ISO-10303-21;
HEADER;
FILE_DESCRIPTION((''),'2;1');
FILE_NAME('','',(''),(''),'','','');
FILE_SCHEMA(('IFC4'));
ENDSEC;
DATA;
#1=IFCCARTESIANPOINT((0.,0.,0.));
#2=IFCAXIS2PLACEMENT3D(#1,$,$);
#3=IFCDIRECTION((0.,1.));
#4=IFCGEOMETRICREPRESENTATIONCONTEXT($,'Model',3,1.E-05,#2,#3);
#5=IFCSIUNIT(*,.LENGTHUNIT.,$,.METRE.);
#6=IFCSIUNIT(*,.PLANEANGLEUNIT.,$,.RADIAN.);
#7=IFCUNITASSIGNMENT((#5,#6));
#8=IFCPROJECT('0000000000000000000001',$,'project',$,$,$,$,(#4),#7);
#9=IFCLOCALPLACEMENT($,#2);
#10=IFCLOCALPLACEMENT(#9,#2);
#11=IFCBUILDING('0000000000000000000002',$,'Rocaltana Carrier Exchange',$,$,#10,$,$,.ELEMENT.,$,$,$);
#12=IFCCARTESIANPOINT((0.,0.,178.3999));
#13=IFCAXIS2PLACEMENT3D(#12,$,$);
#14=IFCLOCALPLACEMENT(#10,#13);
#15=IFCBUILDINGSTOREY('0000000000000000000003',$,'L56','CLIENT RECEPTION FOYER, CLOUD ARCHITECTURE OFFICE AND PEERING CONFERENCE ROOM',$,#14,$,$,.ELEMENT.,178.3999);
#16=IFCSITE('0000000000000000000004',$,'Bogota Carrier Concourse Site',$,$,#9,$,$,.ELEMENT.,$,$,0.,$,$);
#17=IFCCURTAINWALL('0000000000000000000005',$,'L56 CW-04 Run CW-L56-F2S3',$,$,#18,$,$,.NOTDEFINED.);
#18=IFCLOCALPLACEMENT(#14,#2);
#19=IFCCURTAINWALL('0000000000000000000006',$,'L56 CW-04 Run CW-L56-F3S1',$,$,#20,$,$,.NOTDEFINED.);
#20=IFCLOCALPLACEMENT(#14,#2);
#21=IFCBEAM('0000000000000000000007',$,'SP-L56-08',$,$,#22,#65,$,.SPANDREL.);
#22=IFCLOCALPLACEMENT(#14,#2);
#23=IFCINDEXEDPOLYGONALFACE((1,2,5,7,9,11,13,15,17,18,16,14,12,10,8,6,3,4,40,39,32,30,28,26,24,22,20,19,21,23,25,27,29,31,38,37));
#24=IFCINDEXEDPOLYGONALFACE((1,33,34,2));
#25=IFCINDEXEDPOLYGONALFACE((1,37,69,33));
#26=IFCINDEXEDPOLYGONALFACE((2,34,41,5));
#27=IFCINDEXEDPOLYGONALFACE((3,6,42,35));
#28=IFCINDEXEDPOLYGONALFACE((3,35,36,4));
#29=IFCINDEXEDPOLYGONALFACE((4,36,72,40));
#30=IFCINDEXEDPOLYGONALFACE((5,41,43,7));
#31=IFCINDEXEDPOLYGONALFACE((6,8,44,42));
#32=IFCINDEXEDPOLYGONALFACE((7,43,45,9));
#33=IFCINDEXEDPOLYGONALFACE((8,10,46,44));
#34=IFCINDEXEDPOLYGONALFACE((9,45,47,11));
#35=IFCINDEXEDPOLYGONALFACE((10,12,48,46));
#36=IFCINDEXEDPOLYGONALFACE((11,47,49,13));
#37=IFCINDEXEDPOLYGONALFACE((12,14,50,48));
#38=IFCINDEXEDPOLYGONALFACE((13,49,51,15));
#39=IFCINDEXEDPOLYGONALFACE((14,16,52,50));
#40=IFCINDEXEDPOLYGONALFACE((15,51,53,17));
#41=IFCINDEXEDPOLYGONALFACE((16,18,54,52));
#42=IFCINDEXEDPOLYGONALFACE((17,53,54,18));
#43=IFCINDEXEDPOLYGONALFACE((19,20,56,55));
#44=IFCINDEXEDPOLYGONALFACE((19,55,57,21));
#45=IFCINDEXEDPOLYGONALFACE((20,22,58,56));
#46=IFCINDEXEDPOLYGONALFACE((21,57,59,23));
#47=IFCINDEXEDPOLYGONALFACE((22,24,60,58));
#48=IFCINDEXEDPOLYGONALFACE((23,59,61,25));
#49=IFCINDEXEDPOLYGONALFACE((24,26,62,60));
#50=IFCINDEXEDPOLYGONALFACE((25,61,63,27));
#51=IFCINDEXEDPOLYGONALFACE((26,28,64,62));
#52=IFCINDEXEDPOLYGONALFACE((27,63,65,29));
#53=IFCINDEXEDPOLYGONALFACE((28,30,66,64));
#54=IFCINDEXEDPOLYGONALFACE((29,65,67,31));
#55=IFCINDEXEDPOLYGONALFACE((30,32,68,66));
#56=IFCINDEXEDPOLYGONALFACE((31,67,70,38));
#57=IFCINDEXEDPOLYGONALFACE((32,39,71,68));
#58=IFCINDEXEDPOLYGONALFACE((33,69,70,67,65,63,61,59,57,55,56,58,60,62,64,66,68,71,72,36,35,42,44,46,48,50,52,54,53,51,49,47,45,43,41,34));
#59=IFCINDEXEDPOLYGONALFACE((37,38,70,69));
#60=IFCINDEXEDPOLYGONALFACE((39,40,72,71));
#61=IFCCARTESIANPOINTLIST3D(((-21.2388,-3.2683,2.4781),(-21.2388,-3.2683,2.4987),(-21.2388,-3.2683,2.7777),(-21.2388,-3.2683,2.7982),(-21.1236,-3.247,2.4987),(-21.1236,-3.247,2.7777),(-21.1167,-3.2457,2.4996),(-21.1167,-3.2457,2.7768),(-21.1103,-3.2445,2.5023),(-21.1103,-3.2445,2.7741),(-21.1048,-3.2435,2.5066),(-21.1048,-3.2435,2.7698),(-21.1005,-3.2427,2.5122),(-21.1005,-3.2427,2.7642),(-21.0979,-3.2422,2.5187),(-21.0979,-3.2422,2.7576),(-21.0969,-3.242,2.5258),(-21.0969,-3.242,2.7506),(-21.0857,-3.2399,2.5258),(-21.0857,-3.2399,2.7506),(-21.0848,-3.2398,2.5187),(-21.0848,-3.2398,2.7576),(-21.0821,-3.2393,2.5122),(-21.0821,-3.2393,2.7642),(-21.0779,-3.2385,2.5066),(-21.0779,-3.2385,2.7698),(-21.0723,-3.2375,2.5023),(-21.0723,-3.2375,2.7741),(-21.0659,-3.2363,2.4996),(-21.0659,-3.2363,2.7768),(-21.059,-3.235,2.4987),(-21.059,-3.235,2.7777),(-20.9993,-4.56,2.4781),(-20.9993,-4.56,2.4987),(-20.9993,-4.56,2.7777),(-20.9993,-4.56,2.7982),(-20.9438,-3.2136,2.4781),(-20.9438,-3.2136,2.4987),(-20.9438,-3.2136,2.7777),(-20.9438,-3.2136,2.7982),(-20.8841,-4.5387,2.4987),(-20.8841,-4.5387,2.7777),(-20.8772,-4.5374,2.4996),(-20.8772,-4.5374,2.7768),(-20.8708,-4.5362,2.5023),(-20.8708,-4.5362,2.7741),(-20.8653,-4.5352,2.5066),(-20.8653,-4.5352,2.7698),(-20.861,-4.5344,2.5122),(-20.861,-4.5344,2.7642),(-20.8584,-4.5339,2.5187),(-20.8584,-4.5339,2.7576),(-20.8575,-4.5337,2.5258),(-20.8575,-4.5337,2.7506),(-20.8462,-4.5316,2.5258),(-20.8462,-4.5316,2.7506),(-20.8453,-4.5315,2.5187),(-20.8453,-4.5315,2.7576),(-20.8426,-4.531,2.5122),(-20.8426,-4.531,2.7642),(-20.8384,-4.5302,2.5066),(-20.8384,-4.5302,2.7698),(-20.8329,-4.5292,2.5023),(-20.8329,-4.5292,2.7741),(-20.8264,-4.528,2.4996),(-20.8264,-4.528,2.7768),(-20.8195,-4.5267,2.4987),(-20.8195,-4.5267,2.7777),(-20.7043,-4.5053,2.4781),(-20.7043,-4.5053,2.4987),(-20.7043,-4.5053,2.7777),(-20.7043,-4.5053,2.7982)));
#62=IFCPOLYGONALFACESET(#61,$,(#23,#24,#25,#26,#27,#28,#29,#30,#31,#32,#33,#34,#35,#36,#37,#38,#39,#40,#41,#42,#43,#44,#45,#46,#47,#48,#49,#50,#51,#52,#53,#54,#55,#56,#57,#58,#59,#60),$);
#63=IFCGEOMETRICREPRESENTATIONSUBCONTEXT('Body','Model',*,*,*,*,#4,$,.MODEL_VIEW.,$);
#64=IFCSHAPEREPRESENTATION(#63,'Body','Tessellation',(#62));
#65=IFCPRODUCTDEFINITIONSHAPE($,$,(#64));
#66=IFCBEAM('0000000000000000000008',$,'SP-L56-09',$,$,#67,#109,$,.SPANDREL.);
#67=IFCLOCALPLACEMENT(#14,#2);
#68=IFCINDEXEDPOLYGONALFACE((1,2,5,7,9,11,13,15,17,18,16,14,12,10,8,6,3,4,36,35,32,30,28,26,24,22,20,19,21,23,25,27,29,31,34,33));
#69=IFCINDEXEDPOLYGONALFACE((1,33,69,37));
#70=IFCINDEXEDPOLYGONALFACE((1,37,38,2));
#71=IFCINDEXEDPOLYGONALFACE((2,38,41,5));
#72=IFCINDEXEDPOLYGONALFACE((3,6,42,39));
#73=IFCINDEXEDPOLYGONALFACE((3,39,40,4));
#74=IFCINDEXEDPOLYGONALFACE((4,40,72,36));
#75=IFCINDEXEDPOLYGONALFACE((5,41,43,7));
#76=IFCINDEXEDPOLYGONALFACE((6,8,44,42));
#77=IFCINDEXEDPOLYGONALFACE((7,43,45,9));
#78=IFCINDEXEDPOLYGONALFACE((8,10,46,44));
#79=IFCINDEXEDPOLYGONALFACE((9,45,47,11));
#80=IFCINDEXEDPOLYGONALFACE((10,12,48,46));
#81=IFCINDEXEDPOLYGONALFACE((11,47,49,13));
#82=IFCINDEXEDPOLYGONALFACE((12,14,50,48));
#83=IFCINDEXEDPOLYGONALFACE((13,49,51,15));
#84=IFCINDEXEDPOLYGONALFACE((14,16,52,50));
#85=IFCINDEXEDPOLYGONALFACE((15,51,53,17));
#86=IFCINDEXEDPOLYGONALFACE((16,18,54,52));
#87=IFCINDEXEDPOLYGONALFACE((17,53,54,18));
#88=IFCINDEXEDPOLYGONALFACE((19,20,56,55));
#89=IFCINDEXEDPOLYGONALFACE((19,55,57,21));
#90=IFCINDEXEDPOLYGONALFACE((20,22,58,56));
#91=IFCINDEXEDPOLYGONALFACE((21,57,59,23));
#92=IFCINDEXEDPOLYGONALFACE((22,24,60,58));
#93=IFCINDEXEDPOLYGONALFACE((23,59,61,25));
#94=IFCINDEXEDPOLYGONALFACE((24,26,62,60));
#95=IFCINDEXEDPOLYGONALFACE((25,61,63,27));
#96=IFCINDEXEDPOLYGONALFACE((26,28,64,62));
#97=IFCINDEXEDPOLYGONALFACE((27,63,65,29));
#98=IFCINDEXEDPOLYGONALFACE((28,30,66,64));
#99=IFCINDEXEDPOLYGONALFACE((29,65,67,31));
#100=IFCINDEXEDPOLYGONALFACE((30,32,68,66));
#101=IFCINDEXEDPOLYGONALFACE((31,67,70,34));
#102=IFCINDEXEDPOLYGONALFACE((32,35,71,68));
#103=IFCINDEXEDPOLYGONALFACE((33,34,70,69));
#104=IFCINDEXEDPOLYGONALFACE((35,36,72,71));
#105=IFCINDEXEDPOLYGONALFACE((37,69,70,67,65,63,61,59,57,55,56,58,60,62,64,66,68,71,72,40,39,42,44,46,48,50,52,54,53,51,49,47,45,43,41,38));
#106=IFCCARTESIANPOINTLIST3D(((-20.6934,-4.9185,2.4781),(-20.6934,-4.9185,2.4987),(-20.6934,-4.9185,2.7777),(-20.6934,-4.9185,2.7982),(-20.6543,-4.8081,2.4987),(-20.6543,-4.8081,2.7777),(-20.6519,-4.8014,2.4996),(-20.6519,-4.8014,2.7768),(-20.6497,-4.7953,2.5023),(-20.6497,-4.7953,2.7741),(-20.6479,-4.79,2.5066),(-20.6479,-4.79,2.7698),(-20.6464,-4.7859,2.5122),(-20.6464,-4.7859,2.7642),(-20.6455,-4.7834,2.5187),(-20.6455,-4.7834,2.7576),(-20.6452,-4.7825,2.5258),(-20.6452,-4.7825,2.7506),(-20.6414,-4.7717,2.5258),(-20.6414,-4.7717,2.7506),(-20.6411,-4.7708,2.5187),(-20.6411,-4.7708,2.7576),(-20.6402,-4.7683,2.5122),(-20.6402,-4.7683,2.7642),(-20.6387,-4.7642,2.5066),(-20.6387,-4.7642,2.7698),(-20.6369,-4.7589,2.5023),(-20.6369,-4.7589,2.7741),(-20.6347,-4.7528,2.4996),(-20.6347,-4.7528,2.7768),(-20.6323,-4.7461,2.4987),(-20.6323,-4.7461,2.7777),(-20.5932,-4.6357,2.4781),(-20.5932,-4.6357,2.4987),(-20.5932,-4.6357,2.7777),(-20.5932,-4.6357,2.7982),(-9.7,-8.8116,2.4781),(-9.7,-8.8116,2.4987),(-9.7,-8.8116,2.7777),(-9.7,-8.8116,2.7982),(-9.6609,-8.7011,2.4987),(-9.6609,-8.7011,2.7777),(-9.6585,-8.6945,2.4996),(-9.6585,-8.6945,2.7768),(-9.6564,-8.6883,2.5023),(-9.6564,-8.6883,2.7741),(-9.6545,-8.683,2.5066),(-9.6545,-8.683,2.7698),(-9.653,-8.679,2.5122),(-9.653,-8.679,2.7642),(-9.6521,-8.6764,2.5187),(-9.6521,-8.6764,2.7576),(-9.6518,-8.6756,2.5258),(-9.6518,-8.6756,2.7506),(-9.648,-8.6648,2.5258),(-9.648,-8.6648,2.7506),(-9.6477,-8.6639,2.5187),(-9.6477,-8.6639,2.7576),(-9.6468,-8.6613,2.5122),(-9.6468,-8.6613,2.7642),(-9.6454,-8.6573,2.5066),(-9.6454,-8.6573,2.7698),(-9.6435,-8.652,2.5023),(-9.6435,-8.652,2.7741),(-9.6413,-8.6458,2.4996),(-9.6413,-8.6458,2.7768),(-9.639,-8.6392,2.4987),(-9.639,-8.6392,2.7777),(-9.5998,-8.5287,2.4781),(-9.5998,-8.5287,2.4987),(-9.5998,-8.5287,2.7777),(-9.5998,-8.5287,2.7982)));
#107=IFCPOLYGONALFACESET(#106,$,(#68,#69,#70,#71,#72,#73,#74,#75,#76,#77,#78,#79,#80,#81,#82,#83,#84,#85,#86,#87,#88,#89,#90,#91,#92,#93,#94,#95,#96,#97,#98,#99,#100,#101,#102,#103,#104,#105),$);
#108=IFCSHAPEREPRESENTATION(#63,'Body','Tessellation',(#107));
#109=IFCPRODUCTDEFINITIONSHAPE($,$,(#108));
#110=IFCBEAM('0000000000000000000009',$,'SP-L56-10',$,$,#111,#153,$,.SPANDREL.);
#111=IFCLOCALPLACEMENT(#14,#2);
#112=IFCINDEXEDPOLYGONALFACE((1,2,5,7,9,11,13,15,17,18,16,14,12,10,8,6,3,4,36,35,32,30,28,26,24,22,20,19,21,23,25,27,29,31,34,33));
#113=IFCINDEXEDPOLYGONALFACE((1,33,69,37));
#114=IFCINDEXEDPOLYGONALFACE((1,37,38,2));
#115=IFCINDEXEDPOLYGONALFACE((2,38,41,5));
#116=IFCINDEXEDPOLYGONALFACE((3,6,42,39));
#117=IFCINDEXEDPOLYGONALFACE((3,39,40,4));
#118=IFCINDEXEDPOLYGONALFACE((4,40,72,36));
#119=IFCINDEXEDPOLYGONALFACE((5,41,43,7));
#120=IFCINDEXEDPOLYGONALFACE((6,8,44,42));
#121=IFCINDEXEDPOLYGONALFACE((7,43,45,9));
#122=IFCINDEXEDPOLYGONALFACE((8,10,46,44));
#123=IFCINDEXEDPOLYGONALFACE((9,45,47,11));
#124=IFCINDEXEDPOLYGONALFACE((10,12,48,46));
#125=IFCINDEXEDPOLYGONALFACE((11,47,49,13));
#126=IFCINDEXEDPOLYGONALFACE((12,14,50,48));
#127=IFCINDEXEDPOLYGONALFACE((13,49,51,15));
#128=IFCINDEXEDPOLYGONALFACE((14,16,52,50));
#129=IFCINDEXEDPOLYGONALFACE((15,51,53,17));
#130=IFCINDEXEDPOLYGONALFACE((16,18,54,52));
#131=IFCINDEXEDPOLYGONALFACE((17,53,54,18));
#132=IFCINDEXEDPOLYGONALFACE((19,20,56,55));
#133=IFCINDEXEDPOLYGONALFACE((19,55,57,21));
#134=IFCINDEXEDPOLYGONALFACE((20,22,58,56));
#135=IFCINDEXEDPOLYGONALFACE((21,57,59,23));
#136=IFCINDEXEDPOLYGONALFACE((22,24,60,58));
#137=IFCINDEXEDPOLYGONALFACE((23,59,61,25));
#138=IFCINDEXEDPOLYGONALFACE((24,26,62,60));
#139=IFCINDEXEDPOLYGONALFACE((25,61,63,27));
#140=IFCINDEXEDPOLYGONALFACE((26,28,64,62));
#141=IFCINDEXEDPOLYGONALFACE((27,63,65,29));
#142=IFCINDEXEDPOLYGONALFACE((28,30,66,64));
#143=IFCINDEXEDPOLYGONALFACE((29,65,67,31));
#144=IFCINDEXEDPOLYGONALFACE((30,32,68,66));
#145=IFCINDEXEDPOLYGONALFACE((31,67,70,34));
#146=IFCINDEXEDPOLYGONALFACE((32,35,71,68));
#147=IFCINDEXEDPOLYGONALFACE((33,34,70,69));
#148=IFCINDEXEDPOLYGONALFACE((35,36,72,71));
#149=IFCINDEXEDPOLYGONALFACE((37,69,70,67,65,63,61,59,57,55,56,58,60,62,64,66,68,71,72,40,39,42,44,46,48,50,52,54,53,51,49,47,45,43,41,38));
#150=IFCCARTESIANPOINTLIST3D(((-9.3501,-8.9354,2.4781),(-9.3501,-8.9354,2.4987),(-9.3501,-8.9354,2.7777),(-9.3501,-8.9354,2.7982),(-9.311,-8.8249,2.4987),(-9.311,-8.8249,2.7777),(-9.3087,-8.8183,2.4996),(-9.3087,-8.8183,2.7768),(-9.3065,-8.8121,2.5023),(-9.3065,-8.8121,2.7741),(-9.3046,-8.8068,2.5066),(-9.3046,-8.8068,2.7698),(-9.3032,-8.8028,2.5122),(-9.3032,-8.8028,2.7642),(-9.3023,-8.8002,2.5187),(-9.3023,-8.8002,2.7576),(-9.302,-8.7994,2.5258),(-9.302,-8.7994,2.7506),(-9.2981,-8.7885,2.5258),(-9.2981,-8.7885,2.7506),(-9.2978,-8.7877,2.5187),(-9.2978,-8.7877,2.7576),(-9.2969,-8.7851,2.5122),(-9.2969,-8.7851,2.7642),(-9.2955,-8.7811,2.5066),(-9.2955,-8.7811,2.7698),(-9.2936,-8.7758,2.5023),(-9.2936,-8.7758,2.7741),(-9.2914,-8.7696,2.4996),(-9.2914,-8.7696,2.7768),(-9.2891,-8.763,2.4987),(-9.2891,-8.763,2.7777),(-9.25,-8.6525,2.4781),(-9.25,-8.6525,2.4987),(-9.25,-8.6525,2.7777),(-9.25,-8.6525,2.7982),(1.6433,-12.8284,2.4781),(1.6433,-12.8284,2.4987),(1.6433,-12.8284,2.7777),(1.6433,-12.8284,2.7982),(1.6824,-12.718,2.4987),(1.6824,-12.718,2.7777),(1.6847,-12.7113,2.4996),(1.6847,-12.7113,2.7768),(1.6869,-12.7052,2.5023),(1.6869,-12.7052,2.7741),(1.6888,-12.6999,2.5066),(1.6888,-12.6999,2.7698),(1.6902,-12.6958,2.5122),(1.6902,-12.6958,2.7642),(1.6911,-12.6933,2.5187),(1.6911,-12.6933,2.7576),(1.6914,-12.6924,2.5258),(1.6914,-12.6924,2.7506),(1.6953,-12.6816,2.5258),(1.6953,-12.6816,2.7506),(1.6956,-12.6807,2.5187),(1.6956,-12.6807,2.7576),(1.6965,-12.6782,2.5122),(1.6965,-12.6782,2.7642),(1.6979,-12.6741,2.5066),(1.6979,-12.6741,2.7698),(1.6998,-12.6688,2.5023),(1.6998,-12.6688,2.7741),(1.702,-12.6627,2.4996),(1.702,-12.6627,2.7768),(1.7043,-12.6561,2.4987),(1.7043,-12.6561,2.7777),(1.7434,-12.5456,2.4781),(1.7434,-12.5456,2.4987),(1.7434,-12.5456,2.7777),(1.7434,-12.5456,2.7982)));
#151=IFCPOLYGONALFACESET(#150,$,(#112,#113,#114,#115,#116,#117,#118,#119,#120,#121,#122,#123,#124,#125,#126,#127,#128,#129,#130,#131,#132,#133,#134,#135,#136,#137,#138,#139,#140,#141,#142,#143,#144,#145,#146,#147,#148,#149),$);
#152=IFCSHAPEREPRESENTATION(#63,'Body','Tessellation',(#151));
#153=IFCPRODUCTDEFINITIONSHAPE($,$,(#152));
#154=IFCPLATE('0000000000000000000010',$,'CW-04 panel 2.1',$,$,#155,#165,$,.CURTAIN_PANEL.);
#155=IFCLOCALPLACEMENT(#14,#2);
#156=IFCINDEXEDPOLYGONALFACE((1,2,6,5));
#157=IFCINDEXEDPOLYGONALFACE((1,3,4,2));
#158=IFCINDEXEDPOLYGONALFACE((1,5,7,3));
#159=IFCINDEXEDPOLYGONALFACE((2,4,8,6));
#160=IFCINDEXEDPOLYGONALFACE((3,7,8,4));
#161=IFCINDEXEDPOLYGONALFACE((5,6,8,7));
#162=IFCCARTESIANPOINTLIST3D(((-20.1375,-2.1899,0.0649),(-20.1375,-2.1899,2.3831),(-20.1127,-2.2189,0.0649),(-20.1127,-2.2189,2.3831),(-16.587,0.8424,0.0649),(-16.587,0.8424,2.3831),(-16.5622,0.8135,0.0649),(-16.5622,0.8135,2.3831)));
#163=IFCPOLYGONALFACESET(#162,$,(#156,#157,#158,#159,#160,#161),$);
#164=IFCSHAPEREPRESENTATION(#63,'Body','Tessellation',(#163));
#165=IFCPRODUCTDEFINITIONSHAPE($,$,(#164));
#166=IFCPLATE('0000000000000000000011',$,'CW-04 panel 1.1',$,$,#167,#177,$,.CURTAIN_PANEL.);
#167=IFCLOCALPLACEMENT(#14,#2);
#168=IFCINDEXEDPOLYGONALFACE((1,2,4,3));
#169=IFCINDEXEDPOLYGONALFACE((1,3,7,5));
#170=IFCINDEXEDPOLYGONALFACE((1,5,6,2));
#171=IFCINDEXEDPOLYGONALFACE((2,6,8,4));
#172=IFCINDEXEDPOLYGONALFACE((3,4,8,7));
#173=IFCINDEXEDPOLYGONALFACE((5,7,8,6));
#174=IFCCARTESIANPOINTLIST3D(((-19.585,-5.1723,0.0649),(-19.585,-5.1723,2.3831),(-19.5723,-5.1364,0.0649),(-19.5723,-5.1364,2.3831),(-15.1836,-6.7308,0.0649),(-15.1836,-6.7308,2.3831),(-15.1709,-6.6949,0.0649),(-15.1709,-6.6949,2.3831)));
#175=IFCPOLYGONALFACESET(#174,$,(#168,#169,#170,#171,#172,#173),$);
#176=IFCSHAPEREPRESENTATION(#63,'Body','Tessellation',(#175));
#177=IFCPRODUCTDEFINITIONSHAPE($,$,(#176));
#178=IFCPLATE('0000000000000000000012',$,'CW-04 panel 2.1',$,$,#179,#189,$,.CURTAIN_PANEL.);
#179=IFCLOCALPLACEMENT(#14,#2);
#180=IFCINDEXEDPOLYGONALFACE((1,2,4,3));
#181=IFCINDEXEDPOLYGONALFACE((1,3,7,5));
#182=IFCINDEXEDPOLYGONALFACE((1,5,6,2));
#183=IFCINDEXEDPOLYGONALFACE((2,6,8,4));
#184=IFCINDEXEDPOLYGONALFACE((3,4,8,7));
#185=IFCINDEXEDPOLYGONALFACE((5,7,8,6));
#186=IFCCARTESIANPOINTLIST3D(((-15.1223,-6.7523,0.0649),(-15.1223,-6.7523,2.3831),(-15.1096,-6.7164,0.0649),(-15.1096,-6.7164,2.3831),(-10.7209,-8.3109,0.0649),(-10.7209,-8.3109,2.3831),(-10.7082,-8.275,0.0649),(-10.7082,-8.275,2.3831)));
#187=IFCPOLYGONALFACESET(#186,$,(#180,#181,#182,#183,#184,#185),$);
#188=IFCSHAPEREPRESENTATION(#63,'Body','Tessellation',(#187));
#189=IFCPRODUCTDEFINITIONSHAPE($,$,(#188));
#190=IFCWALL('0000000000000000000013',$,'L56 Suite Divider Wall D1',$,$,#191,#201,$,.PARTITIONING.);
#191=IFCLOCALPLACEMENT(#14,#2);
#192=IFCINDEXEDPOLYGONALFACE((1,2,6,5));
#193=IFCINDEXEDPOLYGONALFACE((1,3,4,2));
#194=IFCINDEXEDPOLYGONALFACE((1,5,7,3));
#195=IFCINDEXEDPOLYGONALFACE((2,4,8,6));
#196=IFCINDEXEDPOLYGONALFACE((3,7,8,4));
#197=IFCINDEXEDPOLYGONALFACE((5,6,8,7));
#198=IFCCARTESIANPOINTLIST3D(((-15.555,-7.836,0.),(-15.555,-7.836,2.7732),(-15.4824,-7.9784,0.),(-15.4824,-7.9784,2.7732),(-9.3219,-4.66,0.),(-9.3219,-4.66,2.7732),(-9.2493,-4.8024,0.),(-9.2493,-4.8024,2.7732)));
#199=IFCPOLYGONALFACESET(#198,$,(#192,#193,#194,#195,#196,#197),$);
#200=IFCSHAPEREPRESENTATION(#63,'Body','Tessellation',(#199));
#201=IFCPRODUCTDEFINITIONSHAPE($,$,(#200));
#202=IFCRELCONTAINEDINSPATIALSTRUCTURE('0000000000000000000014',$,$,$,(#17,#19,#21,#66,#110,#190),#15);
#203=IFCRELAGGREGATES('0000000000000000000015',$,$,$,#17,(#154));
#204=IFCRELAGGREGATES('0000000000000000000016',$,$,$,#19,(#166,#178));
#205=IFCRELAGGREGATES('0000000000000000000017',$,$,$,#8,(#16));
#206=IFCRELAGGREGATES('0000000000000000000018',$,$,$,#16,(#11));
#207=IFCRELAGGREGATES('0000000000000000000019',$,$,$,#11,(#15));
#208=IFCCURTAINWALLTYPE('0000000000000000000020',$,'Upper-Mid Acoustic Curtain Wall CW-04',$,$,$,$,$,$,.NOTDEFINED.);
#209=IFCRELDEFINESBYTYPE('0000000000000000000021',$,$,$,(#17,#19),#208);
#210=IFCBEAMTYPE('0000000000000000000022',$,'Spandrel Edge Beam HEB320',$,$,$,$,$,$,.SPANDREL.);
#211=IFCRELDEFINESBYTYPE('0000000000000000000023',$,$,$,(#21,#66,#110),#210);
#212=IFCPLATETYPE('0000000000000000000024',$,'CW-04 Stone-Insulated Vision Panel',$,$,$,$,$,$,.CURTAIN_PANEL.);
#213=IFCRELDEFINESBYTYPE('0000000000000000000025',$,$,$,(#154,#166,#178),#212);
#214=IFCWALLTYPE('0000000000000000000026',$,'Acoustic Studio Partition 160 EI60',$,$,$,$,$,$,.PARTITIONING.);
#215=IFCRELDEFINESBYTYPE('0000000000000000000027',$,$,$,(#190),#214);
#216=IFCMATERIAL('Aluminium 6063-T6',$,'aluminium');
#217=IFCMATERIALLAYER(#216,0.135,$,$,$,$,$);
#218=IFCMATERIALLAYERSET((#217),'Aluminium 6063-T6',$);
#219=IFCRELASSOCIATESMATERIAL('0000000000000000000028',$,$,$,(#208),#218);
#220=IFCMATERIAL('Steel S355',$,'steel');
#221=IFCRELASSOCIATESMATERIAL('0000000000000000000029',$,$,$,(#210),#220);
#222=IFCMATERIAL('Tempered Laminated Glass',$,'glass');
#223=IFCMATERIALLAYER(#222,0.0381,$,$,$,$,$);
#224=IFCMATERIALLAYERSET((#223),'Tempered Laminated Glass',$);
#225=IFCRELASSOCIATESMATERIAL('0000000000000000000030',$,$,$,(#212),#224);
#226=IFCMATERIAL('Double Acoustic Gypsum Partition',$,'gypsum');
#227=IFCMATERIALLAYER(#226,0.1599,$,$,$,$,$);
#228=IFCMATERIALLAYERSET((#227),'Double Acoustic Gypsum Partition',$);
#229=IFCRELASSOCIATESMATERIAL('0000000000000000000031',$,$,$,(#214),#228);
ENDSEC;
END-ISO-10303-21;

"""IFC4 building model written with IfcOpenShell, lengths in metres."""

from ifc_helpers import new_model, si_unit, direction, frame, frame_2d, origin, origin_2d, place, context, subcontext, project, spatial, rectangle, i_section, extrude, material, layer, layer_set, material_profile, profile_set, type_object, element, aggregate, save


model = new_model("IFC4")

# Units and contexts
model_context = context("Model", 3, precision=1e-05, world=origin(), true_north=direction((0.0, 1.0)))
body_context = subcontext(model_context, "Body", "Model", "MODEL_VIEW")
ifc_project = project(units=[si_unit("LENGTHUNIT", "METRE"), si_unit("PLANEANGLEUNIT", "RADIAN")], contexts=[model_context])

# Site, building, storey
site_placement = place(None, origin())
site = spatial("IfcSite", under=ifc_project, at=site_placement, Name="Bogota Carrier Concourse Site", CompositionType="ELEMENT", RefElevation=0.0)
building_placement = place(site_placement, origin())
building = spatial("IfcBuilding", under=site, at=building_placement, Name="Rocaltana Carrier Exchange", CompositionType="ELEMENT")
storey_placement = place(building_placement, frame((0.0, 0.0, 178.3999)))
storey = spatial("IfcBuildingStorey", under=building, at=storey_placement, Name="L56", Description="CLIENT RECEPTION FOYER, CLOUD ARCHITECTURE OFFICE AND PEERING CONFERENCE ROOM", CompositionType="ELEMENT", Elevation=178.3999)

# Curtain wall
ifc_material_1 = material(Name="Aluminium 6063-T6", Category="aluminium")
ifc_layer_1 = layer(ifc_material_1, 0.135)
ifc_layer_set_1 = layer_set([ifc_layer_1], Name="Aluminium 6063-T6")
curtain_wall_type = type_object("IfcCurtainWallType", Name="Upper-Mid Acoustic Curtain Wall CW-04", PredefinedType="NOTDEFINED", material=ifc_layer_set_1)
curtain_wall_1_placement = place(storey_placement, origin())
curtain_wall_1 = element("IfcCurtainWall", 1, at=curtain_wall_1_placement, inside=storey, type_object=curtain_wall_type, Name="L56 CW-04 Run CW-L56-F2S3", PredefinedType="NOTDEFINED")

# Curtain wall
curtain_wall_2_placement = place(storey_placement, origin())
curtain_wall_2 = element("IfcCurtainWall", 2, at=curtain_wall_2_placement, inside=storey, type_object=curtain_wall_type, Name="L56 CW-04 Run CW-L56-F3S1", PredefinedType="NOTDEFINED")

# Beams
ifc_material_2 = material(Name="Steel S355", Category="steel")
ifc_material_profile_1 = material_profile(ifc_material_2, i_section(OverallWidth=0.3, OverallDepth=0.3201, WebThickness=0.0115, FlangeThickness=0.0205, FilletRadius=0.0271, at=origin_2d()), Name="HEB320")
ifc_profile_set_1 = profile_set([ifc_material_profile_1], Name="Steel S355")
beam_type_1 = type_object("IfcBeamType", Name="Spandrel Edge Beam HEB320", PredefinedType="SPANDREL", material=ifc_profile_set_1)
beam_1_placement = place(storey_placement, frame((-21.0913, -3.241, 2.6382), z_axis=(0.182302, -0.983243, 0.0), x_axis=(0.983243, 0.182302, 0.0)))
element("IfcBeam", 3, at=beam_1_placement, inside=storey, type_object=beam_type_1, Name="SP-L56-08", PredefinedType="SPANDREL", context=body_context, shape_type="SweptSolid", body=[
    extrude(i_section(OverallWidth=0.3, OverallDepth=0.3201, WebThickness=0.0115, FlangeThickness=0.0205, FilletRadius=0.0271, at=origin_2d()), origin(), (0.0, 0.0, 1.0), 1.3137),
])
for number, where, z_axis, x_axis, name in (
    (4, (-20.6433, -4.7771, 2.6382), (0.942639, -0.333814, 0.0), (0.333814, 0.942639, 0.0), "SP-L56-09"),
    (5, (-9.3, -8.7939, 2.6382), (0.942639, -0.333814, 0.0), (0.333814, 0.942639, 0.0), "SP-L56-10"),
):
    element("IfcBeam", number, at=place(storey_placement, frame(where, z_axis=z_axis, x_axis=x_axis)), inside=storey, type_object=beam_type_1, Name=name, PredefinedType="SPANDREL", context=body_context, shape_type="SweptSolid", body=[
        extrude(i_section(OverallWidth=0.3, OverallDepth=0.3201, WebThickness=0.0115, FlangeThickness=0.0205, FilletRadius=0.0271, at=origin_2d()), origin(), (0.0, 0.0, 1.0), 11.6624),
    ])

# Plates
ifc_material_3 = material(Name="Tempered Laminated Glass", Category="glass")
ifc_layer_2 = layer(ifc_material_3, 0.0381)
ifc_layer_set_2 = layer_set([ifc_layer_2], Name="Tempered Laminated Glass")
plate_type = type_object("IfcPlateType", Name="CW-04 Stone-Insulated Vision Panel", PredefinedType="CURTAIN_PANEL", material=ifc_layer_set_2)
plate_1_placement = place(storey_placement, frame((-18.3499, -0.6882, 0.0649), z_axis=(0.0, 0.0, 1.0), x_axis=(-0.760406, -0.649448, 0.0)))
plate_1 = element("IfcPlate", 6, at=plate_1_placement, type_object=plate_type, Name="CW-04 panel 2.1", PredefinedType="CURTAIN_PANEL", context=body_context, shape_type="SweptSolid", body=[
    extrude(rectangle(XDim=4.6692, YDim=0.0381, at=origin_2d()), origin(), (0.0, 0.0, 1.0), 2.3181),
])
aggregate(curtain_wall_1, [plate_1])
plate_2_placement = place(storey_placement, frame((-17.3779, -5.9336, 0.0649), z_axis=(0.0, 0.0, 1.0), x_axis=(0.942646, -0.333795, 0.0)))
plate_2 = element("IfcPlate", 7, at=plate_2_placement, type_object=plate_type, Name="CW-04 panel 1.1", PredefinedType="CURTAIN_PANEL", context=body_context, shape_type="SweptSolid", body=[
    extrude(rectangle(XDim=4.6692, YDim=0.0381, at=origin_2d()), origin(), (0.0, 0.0, 1.0), 2.3181),
])
plate_3_placement = place(storey_placement, frame((-12.9153, -7.5137, 0.0649), z_axis=(0.0, 0.0, 1.0), x_axis=(0.942646, -0.333795, 0.0)))
plate_3 = element("IfcPlate", 8, at=plate_3_placement, type_object=plate_type, Name="CW-04 panel 2.1", PredefinedType="CURTAIN_PANEL", context=body_context, shape_type="SweptSolid", body=[
    extrude(rectangle(XDim=4.6692, YDim=0.0381, at=origin_2d()), origin(), (0.0, 0.0, 1.0), 2.3181),
])
aggregate(curtain_wall_2, [plate_2, plate_3])

# Wall
ifc_material_4 = material(Name="Double Acoustic Gypsum Partition", Category="gypsum")
ifc_layer_3 = layer(ifc_material_4, 0.1599)
ifc_layer_set_3 = layer_set([ifc_layer_3], Name="Double Acoustic Gypsum Partition")
wall_type_1 = type_object("IfcWallType", Name="Acoustic Studio Partition 160 EI60", PredefinedType="PARTITIONING", material=ifc_layer_set_3)
wall_1_placement = place(storey_placement, frame((-9.2856, -4.7312, 0.0), z_axis=(0.0, 0.0, 1.0), x_axis=(-0.891002, -0.453999, 0.0)))
element("IfcWall", 9, at=wall_1_placement, inside=storey, type_object=wall_type_1, Name="L56 Suite Divider Wall D1", PredefinedType="PARTITIONING", context=body_context, shape_type="SweptSolid", body=[
    extrude(rectangle(XDim=6.9956, YDim=0.1599, at=frame_2d((3.4978, 0.0))), origin(), (0.0, 0.0, 1.0), 2.7732),
])

save(model, "model.ifc")
